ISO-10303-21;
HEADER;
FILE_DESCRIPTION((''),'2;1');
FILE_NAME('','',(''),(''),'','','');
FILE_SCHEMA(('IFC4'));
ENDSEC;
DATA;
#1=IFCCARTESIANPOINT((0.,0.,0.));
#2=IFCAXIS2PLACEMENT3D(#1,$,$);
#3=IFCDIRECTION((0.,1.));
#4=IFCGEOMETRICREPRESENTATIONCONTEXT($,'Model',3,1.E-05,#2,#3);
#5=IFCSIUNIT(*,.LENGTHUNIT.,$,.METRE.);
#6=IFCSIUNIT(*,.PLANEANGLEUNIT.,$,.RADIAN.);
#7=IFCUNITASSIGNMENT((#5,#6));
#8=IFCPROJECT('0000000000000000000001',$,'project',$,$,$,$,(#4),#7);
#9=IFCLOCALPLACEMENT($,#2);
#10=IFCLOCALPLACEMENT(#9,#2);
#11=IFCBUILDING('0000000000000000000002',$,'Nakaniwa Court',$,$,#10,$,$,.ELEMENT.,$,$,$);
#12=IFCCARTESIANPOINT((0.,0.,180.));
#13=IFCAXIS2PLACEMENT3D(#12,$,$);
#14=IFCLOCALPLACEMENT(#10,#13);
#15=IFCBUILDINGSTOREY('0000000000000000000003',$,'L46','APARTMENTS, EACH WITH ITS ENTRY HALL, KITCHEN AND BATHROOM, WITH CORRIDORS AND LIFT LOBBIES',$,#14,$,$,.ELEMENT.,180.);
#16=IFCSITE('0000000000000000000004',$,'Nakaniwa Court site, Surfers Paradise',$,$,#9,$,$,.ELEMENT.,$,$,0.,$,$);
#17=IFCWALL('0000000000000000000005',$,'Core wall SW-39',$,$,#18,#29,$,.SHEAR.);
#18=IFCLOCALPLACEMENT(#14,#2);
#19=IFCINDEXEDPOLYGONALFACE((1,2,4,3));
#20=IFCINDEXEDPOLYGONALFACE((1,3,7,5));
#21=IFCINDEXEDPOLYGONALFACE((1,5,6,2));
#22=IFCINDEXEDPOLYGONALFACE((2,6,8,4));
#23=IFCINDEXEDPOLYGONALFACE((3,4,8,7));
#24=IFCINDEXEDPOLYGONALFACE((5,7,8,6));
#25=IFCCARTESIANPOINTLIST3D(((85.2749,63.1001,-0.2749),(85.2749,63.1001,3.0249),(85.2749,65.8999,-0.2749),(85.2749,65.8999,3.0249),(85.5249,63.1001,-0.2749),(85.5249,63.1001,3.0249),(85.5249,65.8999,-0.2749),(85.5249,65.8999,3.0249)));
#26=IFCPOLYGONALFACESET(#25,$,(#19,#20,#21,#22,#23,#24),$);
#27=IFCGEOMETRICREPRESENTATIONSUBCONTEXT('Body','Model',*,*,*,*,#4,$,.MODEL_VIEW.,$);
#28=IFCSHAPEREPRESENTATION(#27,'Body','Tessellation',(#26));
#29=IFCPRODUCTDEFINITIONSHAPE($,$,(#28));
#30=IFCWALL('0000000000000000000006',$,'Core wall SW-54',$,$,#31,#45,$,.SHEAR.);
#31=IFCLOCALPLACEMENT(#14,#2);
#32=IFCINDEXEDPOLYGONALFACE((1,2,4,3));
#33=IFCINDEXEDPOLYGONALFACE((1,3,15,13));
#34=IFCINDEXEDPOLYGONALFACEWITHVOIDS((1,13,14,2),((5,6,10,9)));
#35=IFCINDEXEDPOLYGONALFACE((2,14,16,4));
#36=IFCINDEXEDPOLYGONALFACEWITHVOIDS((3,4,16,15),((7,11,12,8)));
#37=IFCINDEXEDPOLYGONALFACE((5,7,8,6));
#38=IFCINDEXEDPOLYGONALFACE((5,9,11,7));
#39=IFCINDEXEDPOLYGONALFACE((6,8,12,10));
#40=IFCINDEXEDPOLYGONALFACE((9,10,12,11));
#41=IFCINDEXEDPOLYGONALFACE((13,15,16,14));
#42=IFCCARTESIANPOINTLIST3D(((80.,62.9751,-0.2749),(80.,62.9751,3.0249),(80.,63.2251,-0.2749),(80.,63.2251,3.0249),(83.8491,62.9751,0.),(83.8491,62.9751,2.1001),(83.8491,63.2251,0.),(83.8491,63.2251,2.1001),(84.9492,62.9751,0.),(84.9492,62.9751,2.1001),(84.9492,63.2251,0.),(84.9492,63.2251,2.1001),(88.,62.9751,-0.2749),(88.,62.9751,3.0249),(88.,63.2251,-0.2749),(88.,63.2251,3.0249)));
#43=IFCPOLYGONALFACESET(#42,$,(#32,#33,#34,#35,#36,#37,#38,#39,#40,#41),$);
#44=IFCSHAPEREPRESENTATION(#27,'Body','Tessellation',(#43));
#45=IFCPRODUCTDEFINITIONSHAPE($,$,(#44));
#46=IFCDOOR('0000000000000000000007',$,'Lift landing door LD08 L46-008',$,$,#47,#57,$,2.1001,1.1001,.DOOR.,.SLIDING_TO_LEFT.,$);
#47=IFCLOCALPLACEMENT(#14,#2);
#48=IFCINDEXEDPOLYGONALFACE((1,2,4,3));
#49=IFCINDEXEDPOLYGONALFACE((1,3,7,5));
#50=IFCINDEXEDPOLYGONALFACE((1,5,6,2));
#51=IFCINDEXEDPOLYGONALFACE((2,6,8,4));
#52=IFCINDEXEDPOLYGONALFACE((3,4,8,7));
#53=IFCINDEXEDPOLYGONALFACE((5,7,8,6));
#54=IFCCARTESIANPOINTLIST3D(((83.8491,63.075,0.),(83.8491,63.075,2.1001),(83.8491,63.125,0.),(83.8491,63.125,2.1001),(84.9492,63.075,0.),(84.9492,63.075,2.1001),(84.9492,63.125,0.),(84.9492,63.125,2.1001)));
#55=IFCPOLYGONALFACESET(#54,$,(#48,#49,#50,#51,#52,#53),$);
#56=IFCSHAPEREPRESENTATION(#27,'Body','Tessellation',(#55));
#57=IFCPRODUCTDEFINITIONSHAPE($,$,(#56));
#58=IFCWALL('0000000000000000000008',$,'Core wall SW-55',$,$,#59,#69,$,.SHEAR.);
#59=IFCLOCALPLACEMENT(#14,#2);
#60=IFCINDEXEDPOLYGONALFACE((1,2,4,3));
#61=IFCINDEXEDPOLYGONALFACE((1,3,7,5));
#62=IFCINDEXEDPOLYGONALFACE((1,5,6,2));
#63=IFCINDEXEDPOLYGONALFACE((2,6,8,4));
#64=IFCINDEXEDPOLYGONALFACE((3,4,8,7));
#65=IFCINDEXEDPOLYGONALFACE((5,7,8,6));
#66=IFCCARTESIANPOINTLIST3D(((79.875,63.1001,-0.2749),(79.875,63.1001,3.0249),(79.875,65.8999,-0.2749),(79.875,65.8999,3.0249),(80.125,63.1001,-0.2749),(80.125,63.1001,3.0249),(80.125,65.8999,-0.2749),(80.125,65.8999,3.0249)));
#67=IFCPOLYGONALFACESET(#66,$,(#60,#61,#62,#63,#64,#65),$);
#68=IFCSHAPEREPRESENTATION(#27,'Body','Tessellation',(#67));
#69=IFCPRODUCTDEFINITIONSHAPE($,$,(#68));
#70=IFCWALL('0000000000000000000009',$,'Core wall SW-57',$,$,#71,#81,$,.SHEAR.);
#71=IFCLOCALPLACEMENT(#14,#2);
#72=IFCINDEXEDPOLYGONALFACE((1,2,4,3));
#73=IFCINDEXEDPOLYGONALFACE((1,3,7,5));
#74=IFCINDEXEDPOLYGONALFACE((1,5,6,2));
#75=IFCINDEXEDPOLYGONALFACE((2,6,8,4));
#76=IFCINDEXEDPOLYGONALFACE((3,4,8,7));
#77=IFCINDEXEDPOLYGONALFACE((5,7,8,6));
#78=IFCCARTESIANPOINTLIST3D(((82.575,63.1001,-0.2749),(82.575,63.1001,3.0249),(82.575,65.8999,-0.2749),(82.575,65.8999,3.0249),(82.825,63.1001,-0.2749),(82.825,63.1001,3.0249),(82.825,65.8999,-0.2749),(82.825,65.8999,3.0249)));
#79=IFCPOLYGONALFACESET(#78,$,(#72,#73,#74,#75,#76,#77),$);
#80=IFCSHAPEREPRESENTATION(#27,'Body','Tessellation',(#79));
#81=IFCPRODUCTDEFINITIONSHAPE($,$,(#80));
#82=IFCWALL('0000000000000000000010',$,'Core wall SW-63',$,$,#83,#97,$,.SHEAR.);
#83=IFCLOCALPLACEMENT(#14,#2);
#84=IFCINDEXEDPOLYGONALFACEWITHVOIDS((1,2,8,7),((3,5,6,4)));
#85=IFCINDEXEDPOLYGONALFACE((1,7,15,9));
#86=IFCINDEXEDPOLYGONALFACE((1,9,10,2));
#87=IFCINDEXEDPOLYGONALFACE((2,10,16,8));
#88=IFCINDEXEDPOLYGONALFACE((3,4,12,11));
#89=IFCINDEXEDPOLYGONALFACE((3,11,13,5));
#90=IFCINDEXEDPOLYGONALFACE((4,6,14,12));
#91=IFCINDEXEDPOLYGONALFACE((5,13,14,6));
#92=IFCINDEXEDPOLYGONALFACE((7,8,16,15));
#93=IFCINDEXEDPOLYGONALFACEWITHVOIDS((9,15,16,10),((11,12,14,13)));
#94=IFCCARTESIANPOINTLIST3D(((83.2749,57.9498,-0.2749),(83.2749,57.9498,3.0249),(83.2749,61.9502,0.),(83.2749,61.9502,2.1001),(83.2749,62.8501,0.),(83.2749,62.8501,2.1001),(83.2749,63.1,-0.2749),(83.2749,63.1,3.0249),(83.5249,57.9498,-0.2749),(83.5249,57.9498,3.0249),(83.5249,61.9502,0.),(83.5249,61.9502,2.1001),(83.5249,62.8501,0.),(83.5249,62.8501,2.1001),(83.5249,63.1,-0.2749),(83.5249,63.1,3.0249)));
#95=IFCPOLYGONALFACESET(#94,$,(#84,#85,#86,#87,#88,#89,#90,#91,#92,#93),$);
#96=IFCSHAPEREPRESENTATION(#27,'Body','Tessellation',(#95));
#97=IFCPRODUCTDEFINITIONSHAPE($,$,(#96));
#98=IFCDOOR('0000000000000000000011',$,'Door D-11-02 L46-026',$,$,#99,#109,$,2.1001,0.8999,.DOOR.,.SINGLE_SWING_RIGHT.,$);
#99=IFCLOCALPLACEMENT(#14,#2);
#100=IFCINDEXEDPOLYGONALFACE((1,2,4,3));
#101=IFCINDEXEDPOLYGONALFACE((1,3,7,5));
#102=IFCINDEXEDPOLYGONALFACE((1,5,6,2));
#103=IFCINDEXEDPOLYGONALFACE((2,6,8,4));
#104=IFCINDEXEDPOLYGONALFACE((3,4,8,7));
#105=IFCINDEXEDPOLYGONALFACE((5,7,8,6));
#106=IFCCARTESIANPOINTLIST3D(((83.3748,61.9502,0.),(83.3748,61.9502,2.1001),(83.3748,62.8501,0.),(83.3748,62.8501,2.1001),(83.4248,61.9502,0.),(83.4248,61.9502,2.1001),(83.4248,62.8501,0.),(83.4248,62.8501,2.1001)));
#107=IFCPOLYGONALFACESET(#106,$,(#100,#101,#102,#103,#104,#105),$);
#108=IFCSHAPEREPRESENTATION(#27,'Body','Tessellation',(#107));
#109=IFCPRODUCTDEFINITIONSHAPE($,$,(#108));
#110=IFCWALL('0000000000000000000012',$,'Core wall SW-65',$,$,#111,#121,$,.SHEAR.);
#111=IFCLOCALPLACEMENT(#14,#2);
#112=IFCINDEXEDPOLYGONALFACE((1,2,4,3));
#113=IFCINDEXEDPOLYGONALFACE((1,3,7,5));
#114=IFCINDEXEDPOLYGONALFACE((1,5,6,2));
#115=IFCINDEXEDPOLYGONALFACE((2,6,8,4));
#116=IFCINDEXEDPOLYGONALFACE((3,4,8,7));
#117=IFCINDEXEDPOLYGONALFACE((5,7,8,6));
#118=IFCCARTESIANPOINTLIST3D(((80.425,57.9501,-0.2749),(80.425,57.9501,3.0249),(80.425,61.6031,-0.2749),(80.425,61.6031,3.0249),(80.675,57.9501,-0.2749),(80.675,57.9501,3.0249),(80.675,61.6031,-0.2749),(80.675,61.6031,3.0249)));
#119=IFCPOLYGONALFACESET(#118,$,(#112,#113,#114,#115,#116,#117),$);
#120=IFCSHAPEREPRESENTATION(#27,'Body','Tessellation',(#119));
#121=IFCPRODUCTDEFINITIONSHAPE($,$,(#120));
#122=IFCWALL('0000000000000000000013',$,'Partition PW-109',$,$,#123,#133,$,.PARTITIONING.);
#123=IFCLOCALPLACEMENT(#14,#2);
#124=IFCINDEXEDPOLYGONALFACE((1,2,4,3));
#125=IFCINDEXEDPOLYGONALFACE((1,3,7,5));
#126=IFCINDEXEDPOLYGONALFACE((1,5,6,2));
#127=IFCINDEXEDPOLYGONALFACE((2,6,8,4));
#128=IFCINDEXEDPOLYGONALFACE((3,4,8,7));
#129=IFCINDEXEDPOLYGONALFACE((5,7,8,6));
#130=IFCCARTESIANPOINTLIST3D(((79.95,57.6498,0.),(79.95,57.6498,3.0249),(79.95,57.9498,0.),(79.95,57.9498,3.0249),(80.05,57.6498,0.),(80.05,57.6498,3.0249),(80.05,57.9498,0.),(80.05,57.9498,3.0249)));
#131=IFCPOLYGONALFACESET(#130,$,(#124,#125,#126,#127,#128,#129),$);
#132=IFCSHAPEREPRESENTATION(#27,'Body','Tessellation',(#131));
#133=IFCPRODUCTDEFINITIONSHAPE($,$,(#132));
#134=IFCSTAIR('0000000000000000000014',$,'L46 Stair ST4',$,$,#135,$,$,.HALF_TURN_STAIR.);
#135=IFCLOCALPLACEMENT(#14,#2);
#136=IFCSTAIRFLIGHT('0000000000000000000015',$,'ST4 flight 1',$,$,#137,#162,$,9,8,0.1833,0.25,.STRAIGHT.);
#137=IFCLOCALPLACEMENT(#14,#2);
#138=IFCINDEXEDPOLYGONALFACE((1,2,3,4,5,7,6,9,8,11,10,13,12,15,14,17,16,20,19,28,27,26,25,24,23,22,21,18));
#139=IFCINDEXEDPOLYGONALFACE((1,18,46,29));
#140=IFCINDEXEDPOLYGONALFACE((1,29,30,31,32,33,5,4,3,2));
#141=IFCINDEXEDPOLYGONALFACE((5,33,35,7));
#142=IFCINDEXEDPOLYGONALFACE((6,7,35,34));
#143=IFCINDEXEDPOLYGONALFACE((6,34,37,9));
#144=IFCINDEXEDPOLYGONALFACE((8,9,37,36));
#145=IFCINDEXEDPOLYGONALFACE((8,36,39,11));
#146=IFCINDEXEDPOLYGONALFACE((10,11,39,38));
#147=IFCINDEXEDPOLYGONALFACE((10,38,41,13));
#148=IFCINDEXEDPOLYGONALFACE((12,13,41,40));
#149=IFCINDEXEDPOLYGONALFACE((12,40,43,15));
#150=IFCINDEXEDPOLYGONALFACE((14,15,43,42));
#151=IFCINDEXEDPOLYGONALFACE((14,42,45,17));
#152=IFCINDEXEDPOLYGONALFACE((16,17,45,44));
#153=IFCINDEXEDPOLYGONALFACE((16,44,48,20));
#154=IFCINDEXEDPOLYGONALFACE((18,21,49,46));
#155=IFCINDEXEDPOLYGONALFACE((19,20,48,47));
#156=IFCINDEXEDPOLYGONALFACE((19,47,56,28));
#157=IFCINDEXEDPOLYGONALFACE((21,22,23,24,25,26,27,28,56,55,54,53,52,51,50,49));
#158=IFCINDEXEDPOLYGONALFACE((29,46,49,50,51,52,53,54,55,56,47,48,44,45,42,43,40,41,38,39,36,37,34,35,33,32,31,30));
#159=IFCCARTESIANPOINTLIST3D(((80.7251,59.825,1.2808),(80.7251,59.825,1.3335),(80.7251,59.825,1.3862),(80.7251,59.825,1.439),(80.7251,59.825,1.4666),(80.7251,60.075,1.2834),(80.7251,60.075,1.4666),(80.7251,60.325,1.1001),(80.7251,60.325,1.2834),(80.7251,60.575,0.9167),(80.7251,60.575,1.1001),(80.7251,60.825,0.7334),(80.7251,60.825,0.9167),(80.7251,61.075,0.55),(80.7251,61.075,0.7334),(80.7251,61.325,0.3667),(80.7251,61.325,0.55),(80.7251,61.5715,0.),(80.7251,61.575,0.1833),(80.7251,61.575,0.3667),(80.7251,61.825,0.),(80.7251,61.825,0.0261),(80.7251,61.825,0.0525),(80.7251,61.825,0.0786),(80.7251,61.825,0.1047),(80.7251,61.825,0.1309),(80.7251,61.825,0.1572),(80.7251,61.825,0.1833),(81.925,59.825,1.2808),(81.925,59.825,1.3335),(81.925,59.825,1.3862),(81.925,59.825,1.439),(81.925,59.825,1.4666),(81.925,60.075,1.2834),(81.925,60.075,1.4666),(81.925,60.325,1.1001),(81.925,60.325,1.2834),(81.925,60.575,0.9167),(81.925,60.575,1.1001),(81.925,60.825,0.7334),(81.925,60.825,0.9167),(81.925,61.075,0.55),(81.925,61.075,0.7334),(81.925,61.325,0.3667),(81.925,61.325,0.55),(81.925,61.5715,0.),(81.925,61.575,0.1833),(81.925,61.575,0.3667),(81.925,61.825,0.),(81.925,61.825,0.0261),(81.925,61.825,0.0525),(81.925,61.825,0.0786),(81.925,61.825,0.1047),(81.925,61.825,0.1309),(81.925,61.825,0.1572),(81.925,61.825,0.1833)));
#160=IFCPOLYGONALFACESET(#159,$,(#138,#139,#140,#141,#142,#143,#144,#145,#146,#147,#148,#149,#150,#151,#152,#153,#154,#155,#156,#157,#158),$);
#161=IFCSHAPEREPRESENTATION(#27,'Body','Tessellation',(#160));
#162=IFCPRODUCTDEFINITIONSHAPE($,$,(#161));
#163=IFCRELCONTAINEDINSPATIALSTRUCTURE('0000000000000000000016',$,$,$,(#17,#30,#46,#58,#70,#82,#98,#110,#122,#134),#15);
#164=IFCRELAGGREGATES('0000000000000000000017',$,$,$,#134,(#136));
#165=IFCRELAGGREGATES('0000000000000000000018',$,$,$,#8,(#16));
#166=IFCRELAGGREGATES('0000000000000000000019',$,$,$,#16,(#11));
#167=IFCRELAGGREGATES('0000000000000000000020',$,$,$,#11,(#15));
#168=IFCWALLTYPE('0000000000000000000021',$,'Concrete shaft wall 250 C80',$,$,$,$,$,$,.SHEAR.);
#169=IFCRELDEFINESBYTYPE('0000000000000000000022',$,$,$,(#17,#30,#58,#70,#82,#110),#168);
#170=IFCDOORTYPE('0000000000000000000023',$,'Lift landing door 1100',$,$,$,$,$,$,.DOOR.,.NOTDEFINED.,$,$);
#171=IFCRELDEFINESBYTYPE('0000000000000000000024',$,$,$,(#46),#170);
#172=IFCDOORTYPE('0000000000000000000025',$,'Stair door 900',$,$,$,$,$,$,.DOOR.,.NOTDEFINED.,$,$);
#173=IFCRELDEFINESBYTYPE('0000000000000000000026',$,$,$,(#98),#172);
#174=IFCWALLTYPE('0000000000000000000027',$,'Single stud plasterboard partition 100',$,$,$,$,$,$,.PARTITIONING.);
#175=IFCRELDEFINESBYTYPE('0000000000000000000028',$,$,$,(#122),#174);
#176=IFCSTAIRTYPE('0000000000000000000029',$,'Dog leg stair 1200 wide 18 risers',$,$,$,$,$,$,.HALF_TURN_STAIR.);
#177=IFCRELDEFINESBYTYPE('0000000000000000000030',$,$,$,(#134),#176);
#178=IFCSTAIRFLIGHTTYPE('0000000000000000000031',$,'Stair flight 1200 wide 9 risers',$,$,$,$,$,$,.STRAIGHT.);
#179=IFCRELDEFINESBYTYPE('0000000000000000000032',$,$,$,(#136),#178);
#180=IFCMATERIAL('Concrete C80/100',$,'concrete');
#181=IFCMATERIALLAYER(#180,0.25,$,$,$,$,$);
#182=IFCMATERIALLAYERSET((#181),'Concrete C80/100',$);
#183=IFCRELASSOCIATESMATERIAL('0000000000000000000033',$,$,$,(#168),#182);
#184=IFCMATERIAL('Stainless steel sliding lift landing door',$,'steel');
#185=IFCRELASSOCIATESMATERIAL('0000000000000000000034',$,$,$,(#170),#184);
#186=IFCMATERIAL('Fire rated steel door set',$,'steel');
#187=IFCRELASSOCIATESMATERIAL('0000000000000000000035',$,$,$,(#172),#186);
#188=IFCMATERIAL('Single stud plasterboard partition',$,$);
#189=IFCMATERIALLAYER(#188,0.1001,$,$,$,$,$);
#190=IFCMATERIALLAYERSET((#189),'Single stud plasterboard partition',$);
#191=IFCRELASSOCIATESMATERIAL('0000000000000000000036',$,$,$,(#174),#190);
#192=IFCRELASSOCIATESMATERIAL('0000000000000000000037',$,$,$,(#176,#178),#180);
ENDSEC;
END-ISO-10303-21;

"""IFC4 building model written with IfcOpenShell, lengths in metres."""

from ifc_helpers import new_model, si_unit, direction, frame, frame_2d, origin, place, context, subcontext, project, spatial, polyline, rectangle, outline, extrude, material, layer, layer_set, type_object, element, fill, aggregate, save


model = new_model("IFC4")

# Units and contexts
model_context = context("Model", 3, precision=1e-05, world=origin(), true_north=direction((0.0, 1.0)))
body_context = subcontext(model_context, "Body", "Model", "MODEL_VIEW")
ifc_project = project(units=[si_unit("LENGTHUNIT", "METRE"), si_unit("PLANEANGLEUNIT", "RADIAN")], contexts=[model_context])

# Site, building, storey
site_placement = place(None, origin())
site = spatial("IfcSite", under=ifc_project, at=site_placement, Name="Nakaniwa Court site, Surfers Paradise", CompositionType="ELEMENT", RefElevation=0.0)
building_placement = place(site_placement, origin())
building = spatial("IfcBuilding", under=site, at=building_placement, Name="Nakaniwa Court", CompositionType="ELEMENT")
storey_placement = place(building_placement, frame((0.0, 0.0, 180.0)))
storey = spatial("IfcBuildingStorey", under=building, at=storey_placement, Name="L46", Description="APARTMENTS, EACH WITH ITS ENTRY HALL, KITCHEN AND BATHROOM, WITH CORRIDORS AND LIFT LOBBIES", CompositionType="ELEMENT", Elevation=180.0)

# Shared definitions
ifc_material_1 = material(Name="Concrete C80/100", Category="concrete")

# Shared definitions
ifc_material_2 = material(Name="Fire rated steel door set", Category="steel")

# Wall
ifc_layer_1 = layer(ifc_material_1, 0.25)
ifc_layer_set_1 = layer_set([ifc_layer_1], Name="Concrete C80/100")
wall_type_1 = type_object("IfcWallType", Name="Concrete shaft wall 250 C80", PredefinedType="SHEAR", material=ifc_layer_set_1)
wall_1_placement = place(storey_placement, frame((85.3999, 63.1001, -0.2749), z_axis=(0.0, 0.0, 1.0), x_axis=(0.0, 1.0, 0.0)))
element("IfcWall", 1, at=wall_1_placement, inside=storey, type_object=wall_type_1, Name="Core wall SW-39", PredefinedType="SHEAR", context=body_context, shape_type="SweptSolid", body=[
    extrude(rectangle(XDim=2.7998, YDim=0.25, at=frame_2d((1.3999, 0.0))), origin(), (0.0, 0.0, 1.0), 3.2998),
])

# Wall, opening, door
wall_2_placement = place(storey_placement, frame((80.0, 63.1001, -0.2749), z_axis=(0.0, 0.0, 1.0), x_axis=(1.0, 0.0, 0.0)))
wall_2 = element("IfcWall", 2, at=wall_2_placement, inside=storey, type_object=wall_type_1, Name="Core wall SW-54", PredefinedType="SHEAR", context=body_context, shape_type="SweptSolid", body=[
    extrude(rectangle(XDim=8.0, YDim=0.25, at=frame_2d((4.0, 0.0))), origin(), (0.0, 0.0, 1.0), 3.2998),
])
opening_1_placement = place(wall_2_placement, frame((3.8491, 0.0, 0.2749)))
opening_1 = element("IfcOpeningElement", 3, at=opening_1_placement, cuts=wall_2, PredefinedType="OPENING", context=body_context, shape_type="SweptSolid", body=[
    extrude(rectangle(XDim=1.1001, YDim=2.1001, at=frame_2d((0.55, 1.05))), frame((0.0, 0.135, 0.0), z_axis=(0.0, -1.0, 0.0), x_axis=(1.0, 0.0, 0.0)), (0.0, 0.0, 1.0), 0.27),
])
ifc_material_3 = material(Name="Stainless steel sliding lift landing door", Category="steel")
door_type_1 = type_object("IfcDoorType", Name="Lift landing door 1100", OperationType="NOTDEFINED", PredefinedType="DOOR", material=ifc_material_3)
door_1_placement = place(opening_1_placement, origin())
door_1 = element("IfcDoor", 4, at=door_1_placement, inside=storey, type_object=door_type_1, Name="Lift landing door LD08 L46-008", OperationType="SLIDING_TO_LEFT", OverallHeight=2.1001, OverallWidth=1.1001, PredefinedType="DOOR", context=body_context, shape_type="SweptSolid", body=[
    extrude(rectangle(XDim=1.1001, YDim=2.1001, at=frame_2d((0.55, 1.05))), frame((0.0, 0.0249, 0.0), z_axis=(0.0, -1.0, 0.0), x_axis=(1.0, 0.0, 0.0)), (0.0, 0.0, 1.0), 0.05),
])
fill(opening_1, door_1)

# Walls
for number, where, z_axis, x_axis, name in (
    (5, (80.0, 63.1001, -0.2749), (0.0, 0.0, 1.0), (0.0, 1.0, 0.0), "Core wall SW-55"),
    (6, (82.7, 63.1001, -0.2749), (0.0, 0.0, 1.0), (0.0, 1.0, 0.0), "Core wall SW-57"),
):
    element("IfcWall", number, at=place(storey_placement, frame(where, z_axis=z_axis, x_axis=x_axis)), inside=storey, type_object=wall_type_1, Name=name, PredefinedType="SHEAR", context=body_context, shape_type="SweptSolid", body=[
        extrude(rectangle(XDim=2.7998, YDim=0.25, at=frame_2d((1.3999, 0.0))), origin(), (0.0, 0.0, 1.0), 3.2998),
    ])

# Wall, opening, door
wall_3_placement = place(storey_placement, frame((83.3999, 63.1001, -0.2749), z_axis=(0.0, 0.0, 1.0), x_axis=(0.0, -1.0, 0.0)))
wall_3 = element("IfcWall", 7, at=wall_3_placement, inside=storey, type_object=wall_type_1, Name="Core wall SW-63", PredefinedType="SHEAR", context=body_context, shape_type="SweptSolid", body=[
    extrude(rectangle(XDim=5.1501, YDim=0.25, at=frame_2d((2.5752, 0.0))), origin(), (0.0, 0.0, 1.0), 3.2998),
])
opening_2_placement = place(wall_3_placement, frame((0.25, 0.0, 0.2749)))
opening_2 = element("IfcOpeningElement", 8, at=opening_2_placement, cuts=wall_3, PredefinedType="OPENING", context=body_context, shape_type="SweptSolid", body=[
    extrude(rectangle(XDim=0.8999, YDim=2.1001, at=frame_2d((0.45, 1.05))), frame((0.0, 0.135, 0.0), z_axis=(0.0, -1.0, 0.0), x_axis=(1.0, 0.0, 0.0)), (0.0, 0.0, 1.0), 0.27),
])
door_type_2 = type_object("IfcDoorType", Name="Stair door 900", OperationType="NOTDEFINED", PredefinedType="DOOR", material=ifc_material_2)
door_2_placement = place(opening_2_placement, origin())
door_2 = element("IfcDoor", 9, at=door_2_placement, inside=storey, type_object=door_type_2, Name="Door D-11-02 L46-026", OperationType="SINGLE_SWING_RIGHT", OverallHeight=2.1001, OverallWidth=0.8999, PredefinedType="DOOR", context=body_context, shape_type="SweptSolid", body=[
    extrude(rectangle(XDim=0.8999, YDim=2.1001, at=frame_2d((0.45, 1.05))), frame((0.0, 0.0249, 0.0), z_axis=(0.0, -1.0, 0.0), x_axis=(1.0, 0.0, 0.0)), (0.0, 0.0, 1.0), 0.05),
])
fill(opening_2, door_2)

# Walls
wall_4_placement = place(storey_placement, frame((80.55, 57.95, -0.2749), z_axis=(0.0, 0.0, 1.0), x_axis=(0.0, 1.0, 0.0)))
element("IfcWall", 10, at=wall_4_placement, inside=storey, type_object=wall_type_1, Name="Core wall SW-65", PredefinedType="SHEAR", context=body_context, shape_type="SweptSolid", body=[
    extrude(rectangle(XDim=3.6531, YDim=0.25, at=frame_2d((1.8267, 0.0))), origin(), (0.0, 0.0, 1.0), 3.2998),
])
ifc_material_4 = material(Name="Single stud plasterboard partition")
ifc_layer_2 = layer(ifc_material_4, 0.1001)
ifc_layer_set_2 = layer_set([ifc_layer_2], Name="Single stud plasterboard partition")
wall_type_2 = type_object("IfcWallType", Name="Single stud plasterboard partition 100", PredefinedType="PARTITIONING", material=ifc_layer_set_2)
wall_5_placement = place(storey_placement, frame((80.0, 57.6499, 0.0), z_axis=(0.0, 0.0, 1.0), x_axis=(0.0, 1.0, 0.0)))
element("IfcWall", 11, at=wall_5_placement, inside=storey, type_object=wall_type_2, Name="Partition PW-109", PredefinedType="PARTITIONING", context=body_context, shape_type="SweptSolid", body=[
    extrude(rectangle(XDim=0.3, YDim=0.1001, at=frame_2d((0.1499, 0.0))), origin(), (0.0, 0.0, 1.0), 3.0249),
])

# Stair, stair flight
stair_type = type_object("IfcStairType", Name="Dog leg stair 1200 wide 18 risers", PredefinedType="HALF_TURN_STAIR", material=ifc_material_1)
stair_placement = place(storey_placement, origin())
stair = element("IfcStair", 12, at=stair_placement, inside=storey, type_object=stair_type, Name="L46 Stair ST4", PredefinedType="HALF_TURN_STAIR")
stair_flight_type = type_object("IfcStairFlightType", Name="Stair flight 1200 wide 9 risers", PredefinedType="STRAIGHT", material=ifc_material_1)
stair_flight_1_placement = place(storey_placement, frame((81.325, 61.825, 0.0), z_axis=(0.0, 0.0, 1.0), x_axis=(0.0, -1.0, 0.0)))
stair_flight_1 = element("IfcStairFlight", 13, at=stair_flight_1_placement, type_object=stair_flight_type, Name="ST4 flight 1", NumberOfRisers=9, NumberOfTreads=8, PredefinedType="STRAIGHT", RiserHeight=0.1833, TreadLength=0.25, context=body_context, shape_type="SweptSolid", body=[
    extrude(outline(polyline([(0.0, 0.0), (0.0, 0.0261), (0.0, 0.0525), (0.0, 0.0786), (0.0, 0.1047), (0.0, 0.1309), (0.0, 0.1572), (0.0, 0.1833), (0.25, 0.1833), (0.25, 0.3667), (0.5, 0.3667), (0.5, 0.55), (0.75, 0.55), (0.75, 0.7334), (1.0, 0.7334), (1.0, 0.9167), (1.25, 0.9167), (1.25, 1.1001), (1.5, 1.1001), (1.5, 1.2834), (1.75, 1.2834), (1.75, 1.4666), (2.0, 1.4666), (2.0, 1.6499), (2.0, 1.5972), (2.0, 1.5444), (2.0, 1.4917), (2.0, 1.439), (2.0, 1.3862), (2.0, 1.3335), (2.0, 1.2808), (0.2534, 0.0), (0.0, 0.0)])), frame((0.0, 0.6001, 0.0), z_axis=(0.0, -1.0, 0.0), x_axis=(1.0, 0.0, 0.0)), (0.0, 0.0, 1.0), 1.2),
])
aggregate(stair, [stair_flight_1])

save(model, "model.ifc")
